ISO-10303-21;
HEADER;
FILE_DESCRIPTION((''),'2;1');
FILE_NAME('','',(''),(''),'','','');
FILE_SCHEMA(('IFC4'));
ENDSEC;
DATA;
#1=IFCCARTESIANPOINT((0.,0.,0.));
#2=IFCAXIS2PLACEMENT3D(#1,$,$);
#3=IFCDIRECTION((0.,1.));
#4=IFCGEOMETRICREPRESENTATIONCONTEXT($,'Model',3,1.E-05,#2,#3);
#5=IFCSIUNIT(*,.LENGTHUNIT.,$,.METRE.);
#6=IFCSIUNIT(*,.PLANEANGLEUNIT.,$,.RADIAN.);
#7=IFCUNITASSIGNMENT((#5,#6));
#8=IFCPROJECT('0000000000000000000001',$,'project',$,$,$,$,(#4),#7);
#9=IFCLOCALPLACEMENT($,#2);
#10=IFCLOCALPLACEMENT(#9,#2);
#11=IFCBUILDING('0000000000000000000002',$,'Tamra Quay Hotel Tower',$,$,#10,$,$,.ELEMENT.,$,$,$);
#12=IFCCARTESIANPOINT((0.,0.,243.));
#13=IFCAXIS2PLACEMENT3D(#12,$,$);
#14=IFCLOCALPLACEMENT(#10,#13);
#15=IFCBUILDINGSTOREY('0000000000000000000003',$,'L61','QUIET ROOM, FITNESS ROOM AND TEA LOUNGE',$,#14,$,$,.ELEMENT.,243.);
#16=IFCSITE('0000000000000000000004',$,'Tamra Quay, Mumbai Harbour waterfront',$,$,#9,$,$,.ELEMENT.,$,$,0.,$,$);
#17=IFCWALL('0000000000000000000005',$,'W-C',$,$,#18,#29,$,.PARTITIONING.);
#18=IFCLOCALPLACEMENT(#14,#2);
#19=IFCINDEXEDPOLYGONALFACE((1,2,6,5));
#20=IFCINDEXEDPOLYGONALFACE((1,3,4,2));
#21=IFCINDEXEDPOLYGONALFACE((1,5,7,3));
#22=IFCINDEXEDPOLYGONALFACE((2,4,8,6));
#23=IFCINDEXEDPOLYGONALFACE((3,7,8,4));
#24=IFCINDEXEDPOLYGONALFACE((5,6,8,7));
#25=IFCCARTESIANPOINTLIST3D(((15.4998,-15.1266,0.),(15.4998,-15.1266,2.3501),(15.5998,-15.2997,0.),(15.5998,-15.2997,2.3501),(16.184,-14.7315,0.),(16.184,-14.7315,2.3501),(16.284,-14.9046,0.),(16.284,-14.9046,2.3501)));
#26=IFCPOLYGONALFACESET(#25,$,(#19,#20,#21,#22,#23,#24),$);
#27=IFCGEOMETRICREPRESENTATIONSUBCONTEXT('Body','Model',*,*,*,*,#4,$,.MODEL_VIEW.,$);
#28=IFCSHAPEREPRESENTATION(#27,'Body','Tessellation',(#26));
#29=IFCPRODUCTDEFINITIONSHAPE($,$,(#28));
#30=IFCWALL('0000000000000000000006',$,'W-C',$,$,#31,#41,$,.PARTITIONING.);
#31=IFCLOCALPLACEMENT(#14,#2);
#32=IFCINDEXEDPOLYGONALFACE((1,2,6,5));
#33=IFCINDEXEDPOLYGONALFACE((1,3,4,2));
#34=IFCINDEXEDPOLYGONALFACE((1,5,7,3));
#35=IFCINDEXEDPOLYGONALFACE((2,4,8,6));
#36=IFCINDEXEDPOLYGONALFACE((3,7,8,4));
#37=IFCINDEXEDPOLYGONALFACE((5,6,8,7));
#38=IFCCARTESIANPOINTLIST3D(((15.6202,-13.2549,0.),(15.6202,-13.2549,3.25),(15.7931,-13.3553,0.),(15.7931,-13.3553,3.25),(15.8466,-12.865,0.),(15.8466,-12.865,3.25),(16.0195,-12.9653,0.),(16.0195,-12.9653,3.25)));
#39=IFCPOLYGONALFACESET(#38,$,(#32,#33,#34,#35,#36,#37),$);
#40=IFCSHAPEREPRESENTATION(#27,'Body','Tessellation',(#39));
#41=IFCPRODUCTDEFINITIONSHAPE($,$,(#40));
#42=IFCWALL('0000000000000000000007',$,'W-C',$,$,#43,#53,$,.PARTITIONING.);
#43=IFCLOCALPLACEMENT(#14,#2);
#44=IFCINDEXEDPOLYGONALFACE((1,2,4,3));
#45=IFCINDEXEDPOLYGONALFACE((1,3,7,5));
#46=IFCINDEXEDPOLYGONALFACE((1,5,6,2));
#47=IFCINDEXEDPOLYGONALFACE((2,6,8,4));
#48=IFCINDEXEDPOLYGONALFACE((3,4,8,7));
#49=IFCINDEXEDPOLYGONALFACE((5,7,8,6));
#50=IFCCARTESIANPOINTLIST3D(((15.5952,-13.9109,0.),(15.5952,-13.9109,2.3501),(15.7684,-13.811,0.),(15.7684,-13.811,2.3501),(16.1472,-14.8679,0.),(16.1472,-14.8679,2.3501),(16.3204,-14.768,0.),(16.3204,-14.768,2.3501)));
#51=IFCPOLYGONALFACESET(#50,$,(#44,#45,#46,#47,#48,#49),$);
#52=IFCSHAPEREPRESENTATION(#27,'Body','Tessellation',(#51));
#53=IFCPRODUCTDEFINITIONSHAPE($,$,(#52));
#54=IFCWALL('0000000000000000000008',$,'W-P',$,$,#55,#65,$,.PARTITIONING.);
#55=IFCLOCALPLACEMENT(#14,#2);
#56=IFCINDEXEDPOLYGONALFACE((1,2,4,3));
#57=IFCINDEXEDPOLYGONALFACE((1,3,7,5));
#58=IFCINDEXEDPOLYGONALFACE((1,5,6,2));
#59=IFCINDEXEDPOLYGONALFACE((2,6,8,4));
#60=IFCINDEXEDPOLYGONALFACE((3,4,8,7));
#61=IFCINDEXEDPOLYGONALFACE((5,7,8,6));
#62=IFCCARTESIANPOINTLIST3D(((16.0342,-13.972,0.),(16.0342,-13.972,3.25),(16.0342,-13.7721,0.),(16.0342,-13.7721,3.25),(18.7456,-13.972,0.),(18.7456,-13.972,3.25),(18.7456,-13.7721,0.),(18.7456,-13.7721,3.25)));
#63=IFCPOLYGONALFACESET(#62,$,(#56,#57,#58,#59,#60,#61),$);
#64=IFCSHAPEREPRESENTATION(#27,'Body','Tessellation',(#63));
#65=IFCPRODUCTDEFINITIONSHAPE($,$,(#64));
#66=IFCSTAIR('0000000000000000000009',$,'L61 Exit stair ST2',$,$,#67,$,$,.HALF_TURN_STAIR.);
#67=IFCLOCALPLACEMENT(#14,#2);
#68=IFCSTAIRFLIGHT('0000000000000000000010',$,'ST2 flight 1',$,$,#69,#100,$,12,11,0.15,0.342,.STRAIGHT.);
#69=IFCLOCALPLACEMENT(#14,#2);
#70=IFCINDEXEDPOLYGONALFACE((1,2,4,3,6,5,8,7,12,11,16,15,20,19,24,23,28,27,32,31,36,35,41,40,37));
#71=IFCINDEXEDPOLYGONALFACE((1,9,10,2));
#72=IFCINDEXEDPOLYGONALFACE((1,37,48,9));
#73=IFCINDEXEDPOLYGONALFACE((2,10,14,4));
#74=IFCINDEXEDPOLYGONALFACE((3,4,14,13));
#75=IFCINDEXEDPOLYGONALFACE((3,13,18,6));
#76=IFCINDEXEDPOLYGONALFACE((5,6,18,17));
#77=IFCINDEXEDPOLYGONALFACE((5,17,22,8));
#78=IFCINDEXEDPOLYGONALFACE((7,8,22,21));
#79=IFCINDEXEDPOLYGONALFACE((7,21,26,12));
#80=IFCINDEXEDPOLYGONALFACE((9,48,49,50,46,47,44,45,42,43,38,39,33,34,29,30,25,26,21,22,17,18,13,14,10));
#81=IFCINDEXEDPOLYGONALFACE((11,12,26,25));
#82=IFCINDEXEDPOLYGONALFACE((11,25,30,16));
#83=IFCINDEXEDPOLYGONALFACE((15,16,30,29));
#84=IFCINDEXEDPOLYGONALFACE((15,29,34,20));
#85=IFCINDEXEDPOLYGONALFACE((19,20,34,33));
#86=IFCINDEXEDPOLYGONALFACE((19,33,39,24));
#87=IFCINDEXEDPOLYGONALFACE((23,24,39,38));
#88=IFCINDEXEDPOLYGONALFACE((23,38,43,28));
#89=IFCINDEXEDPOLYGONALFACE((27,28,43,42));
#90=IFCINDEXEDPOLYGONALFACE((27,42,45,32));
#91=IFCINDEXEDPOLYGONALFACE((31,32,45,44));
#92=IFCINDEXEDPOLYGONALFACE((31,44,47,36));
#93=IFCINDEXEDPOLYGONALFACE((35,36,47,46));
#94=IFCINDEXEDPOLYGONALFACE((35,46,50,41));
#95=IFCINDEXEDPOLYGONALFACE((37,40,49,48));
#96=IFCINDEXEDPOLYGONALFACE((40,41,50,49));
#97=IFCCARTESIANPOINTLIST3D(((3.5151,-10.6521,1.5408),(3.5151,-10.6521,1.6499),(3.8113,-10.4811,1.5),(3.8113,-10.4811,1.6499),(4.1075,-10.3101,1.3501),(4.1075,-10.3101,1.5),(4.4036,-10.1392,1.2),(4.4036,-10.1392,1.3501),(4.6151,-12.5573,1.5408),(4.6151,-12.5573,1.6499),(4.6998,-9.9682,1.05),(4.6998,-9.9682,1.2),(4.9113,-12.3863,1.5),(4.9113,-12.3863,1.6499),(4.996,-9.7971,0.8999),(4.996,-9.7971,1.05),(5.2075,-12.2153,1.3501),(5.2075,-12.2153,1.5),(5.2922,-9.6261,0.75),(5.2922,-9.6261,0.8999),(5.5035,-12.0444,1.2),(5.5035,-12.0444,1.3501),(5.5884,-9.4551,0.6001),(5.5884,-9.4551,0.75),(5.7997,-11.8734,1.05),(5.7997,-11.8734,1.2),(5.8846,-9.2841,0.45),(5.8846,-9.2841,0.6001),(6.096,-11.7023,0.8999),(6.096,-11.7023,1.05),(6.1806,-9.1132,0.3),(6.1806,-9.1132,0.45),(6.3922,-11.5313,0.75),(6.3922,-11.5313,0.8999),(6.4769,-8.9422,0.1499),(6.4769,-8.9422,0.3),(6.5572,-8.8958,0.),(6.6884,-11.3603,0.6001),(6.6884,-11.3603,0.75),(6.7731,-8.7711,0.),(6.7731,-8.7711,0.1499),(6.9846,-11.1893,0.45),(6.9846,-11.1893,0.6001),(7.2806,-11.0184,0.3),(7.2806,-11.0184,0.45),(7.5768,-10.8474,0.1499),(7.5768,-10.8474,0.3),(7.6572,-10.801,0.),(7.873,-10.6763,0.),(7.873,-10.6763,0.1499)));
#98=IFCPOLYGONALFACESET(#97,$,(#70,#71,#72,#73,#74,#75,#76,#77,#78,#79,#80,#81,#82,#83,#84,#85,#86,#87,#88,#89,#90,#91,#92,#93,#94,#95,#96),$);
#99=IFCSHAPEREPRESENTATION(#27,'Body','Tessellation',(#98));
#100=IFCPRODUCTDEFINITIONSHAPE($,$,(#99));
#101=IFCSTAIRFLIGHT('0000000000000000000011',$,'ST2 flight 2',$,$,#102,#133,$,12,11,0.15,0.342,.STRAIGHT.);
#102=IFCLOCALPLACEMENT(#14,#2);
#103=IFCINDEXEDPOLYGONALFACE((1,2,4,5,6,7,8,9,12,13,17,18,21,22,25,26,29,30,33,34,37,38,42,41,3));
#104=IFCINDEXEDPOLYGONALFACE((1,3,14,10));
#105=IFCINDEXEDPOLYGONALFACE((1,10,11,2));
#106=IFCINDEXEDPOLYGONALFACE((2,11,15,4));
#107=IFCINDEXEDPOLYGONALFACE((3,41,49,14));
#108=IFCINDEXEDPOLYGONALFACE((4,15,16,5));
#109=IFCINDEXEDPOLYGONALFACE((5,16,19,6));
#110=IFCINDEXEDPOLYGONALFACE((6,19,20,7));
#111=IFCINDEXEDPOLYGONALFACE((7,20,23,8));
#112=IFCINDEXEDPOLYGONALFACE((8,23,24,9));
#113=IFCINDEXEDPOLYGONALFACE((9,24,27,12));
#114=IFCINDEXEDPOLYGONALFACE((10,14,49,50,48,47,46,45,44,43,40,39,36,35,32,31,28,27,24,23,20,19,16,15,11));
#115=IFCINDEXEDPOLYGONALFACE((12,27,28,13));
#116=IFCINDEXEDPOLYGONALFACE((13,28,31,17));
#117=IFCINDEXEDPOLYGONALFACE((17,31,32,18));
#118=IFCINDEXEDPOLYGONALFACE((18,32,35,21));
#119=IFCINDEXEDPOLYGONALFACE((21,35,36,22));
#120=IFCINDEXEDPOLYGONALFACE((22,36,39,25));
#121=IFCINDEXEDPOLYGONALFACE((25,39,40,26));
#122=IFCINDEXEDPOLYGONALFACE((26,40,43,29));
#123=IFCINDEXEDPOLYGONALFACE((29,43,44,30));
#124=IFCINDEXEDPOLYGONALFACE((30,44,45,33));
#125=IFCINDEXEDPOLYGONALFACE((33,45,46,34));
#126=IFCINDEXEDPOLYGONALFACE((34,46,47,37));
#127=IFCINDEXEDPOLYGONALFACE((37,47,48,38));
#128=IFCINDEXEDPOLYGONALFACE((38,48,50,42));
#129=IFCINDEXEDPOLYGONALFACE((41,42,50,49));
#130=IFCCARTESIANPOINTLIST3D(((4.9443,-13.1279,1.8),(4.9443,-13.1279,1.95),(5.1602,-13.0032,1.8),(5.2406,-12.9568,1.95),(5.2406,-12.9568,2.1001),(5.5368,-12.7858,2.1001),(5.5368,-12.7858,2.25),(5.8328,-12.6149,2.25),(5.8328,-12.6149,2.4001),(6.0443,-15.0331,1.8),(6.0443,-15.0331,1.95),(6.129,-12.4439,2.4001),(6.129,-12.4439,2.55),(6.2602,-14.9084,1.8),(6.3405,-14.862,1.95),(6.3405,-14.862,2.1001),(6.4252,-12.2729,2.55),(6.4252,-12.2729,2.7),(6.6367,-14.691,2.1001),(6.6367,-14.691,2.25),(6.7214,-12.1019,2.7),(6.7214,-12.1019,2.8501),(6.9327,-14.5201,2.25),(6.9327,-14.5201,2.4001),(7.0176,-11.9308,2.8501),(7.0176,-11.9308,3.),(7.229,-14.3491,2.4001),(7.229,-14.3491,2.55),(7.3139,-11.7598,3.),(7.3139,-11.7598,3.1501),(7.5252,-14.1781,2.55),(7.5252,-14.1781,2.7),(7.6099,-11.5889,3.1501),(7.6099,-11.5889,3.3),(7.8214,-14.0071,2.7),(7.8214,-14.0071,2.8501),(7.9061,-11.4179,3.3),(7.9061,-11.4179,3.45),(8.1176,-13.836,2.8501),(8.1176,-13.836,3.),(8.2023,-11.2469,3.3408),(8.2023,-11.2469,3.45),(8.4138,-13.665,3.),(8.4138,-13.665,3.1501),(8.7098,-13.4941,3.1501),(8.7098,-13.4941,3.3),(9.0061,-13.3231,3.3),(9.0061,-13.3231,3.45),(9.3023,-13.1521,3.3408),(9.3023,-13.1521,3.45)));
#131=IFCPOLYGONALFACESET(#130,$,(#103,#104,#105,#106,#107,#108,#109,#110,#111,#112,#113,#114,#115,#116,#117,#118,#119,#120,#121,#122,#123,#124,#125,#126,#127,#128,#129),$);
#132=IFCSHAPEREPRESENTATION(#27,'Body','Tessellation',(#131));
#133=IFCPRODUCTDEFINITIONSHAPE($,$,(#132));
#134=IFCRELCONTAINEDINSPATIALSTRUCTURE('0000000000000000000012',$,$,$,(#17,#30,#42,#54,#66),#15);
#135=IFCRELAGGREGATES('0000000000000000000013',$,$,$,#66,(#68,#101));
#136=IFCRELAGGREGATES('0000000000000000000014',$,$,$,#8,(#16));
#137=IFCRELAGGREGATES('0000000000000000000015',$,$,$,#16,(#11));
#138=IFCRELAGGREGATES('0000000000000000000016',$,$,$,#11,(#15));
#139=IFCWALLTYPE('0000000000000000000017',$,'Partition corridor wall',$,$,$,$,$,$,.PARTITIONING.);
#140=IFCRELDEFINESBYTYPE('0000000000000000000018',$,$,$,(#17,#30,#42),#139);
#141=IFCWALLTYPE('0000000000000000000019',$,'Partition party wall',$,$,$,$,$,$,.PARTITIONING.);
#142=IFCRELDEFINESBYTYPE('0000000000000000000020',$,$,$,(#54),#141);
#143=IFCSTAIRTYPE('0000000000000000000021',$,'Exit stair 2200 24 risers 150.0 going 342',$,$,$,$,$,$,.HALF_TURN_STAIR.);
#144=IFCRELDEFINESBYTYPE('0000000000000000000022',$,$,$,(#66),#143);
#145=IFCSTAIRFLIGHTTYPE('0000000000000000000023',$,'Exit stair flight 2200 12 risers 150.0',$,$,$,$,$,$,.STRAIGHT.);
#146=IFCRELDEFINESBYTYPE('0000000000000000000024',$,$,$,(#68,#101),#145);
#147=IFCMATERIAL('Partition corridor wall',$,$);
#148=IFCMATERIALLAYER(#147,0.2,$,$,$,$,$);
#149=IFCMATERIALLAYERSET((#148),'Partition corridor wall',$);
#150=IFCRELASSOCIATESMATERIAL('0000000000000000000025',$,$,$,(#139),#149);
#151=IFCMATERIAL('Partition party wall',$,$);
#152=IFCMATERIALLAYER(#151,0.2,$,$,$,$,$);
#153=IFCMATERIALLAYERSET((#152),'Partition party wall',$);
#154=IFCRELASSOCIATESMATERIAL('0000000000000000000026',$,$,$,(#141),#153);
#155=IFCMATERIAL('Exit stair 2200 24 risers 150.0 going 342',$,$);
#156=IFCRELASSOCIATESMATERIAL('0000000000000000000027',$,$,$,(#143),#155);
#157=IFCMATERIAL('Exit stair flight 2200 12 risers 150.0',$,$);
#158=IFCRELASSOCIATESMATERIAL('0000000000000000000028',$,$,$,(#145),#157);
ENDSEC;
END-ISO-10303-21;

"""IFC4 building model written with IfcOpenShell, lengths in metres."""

from ifc_helpers import new_model, si_unit, direction, frame, frame_2d, origin, place, context, subcontext, project, spatial, polyline, rectangle, outline, extrude, material, layer, layer_set, type_object, element, aggregate, save


model = new_model("IFC4")

# Units and contexts
model_context = context("Model", 3, precision=1e-05, world=origin(), true_north=direction((0.0, 1.0)))
body_context = subcontext(model_context, "Body", "Model", "MODEL_VIEW")
ifc_project = project(units=[si_unit("LENGTHUNIT", "METRE"), si_unit("PLANEANGLEUNIT", "RADIAN")], contexts=[model_context])

# Site, building, storey
site_placement = place(None, origin())
site = spatial("IfcSite", under=ifc_project, at=site_placement, Name="Tamra Quay, Mumbai Harbour waterfront", CompositionType="ELEMENT", RefElevation=0.0)
building_placement = place(site_placement, origin())
building = spatial("IfcBuilding", under=site, at=building_placement, Name="Tamra Quay Hotel Tower", CompositionType="ELEMENT")
storey_placement = place(building_placement, frame((0.0, 0.0, 243.0)))
storey = spatial("IfcBuildingStorey", under=building, at=storey_placement, Name="L61", Description="QUIET ROOM, FITNESS ROOM AND TEA LOUNGE", CompositionType="ELEMENT", Elevation=243.0)

# Walls
ifc_material_1 = material(Name="Partition corridor wall")
ifc_layer_1 = layer(ifc_material_1, 0.2)
ifc_layer_set_1 = layer_set([ifc_layer_1], Name="Partition corridor wall")
wall_type_1 = type_object("IfcWallType", Name="Partition corridor wall", PredefinedType="PARTITIONING", material=ifc_layer_set_1)
wall_1_placement = place(storey_placement, frame((15.5498, -15.2131, 0.0), z_axis=(0.0, 0.0, 1.0), x_axis=(0.86599, 0.500061, 0.0)))
element("IfcWall", 1, at=wall_1_placement, inside=storey, type_object=wall_type_1, Name="W-C", PredefinedType="PARTITIONING", context=body_context, shape_type="SweptSolid", body=[
    extrude(rectangle(XDim=0.79, YDim=0.2, at=frame_2d((0.395, 0.0))), origin(), (0.0, 0.0, 1.0), 2.3501),
])
wall_2_placement = place(storey_placement, frame((15.9331, -12.915, 0.0), z_axis=(0.0, 0.0, 1.0), x_axis=(-0.502018, -0.864857, 0.0)))
element("IfcWall", 2, at=wall_2_placement, inside=storey, type_object=wall_type_1, Name="W-C", PredefinedType="PARTITIONING", context=body_context, shape_type="SweptSolid", body=[
    extrude(rectangle(XDim=0.4509, YDim=0.2, at=frame_2d((0.2256, 0.0))), origin(), (0.0, 0.0, 1.0), 3.25),
])
wall_3_placement = place(storey_placement, frame((15.6819, -13.8611, 0.0), z_axis=(0.0, 0.0, 1.0), x_axis=(0.499633, -0.866237, 0.0)))
element("IfcWall", 3, at=wall_3_placement, inside=storey, type_object=wall_type_1, Name="W-C", PredefinedType="PARTITIONING", context=body_context, shape_type="SweptSolid", body=[
    extrude(rectangle(XDim=1.1047, YDim=0.2, at=frame_2d((0.5522, 0.0))), origin(), (0.0, 0.0, 1.0), 2.3501),
])
ifc_material_2 = material(Name="Partition party wall")
ifc_layer_2 = layer(ifc_material_2, 0.2)
ifc_layer_set_2 = layer_set([ifc_layer_2], Name="Partition party wall")
wall_type_2 = type_object("IfcWallType", Name="Partition party wall", PredefinedType="PARTITIONING", material=ifc_layer_set_2)
wall_4_placement = place(storey_placement, frame((18.7456, -13.8721, 0.0), z_axis=(0.0, 0.0, 1.0), x_axis=(-1.0, 0.0, 0.0)))
element("IfcWall", 4, at=wall_4_placement, inside=storey, type_object=wall_type_2, Name="W-P", PredefinedType="PARTITIONING", context=body_context, shape_type="SweptSolid", body=[
    extrude(rectangle(XDim=2.7114, YDim=0.2, at=frame_2d((1.3557, 0.0))), origin(), (0.0, 0.0, 1.0), 3.25),
])

# Stair, stair flights
ifc_material_3 = material(Name="Exit stair 2200 24 risers 150.0 going 342")
stair_type = type_object("IfcStairType", Name="Exit stair 2200 24 risers 150.0 going 342", PredefinedType="HALF_TURN_STAIR", material=ifc_material_3)
stair_placement = place(storey_placement, origin())
stair = element("IfcStair", 5, at=stair_placement, inside=storey, type_object=stair_type, Name="L61 Exit stair ST2", PredefinedType="HALF_TURN_STAIR")
ifc_material_4 = material(Name="Exit stair flight 2200 12 risers 150.0")
stair_flight_type = type_object("IfcStairFlightType", Name="Exit stair flight 2200 12 risers 150.0", PredefinedType="STRAIGHT", material=ifc_material_4)
stair_flight_1_placement = place(storey_placement, frame((7.323, -9.7236, 0.0), z_axis=(0.0, 0.0, 1.0), x_axis=(-0.866025, -0.5, 0.0)))
stair_flight_1 = element("IfcStairFlight", 6, at=stair_flight_1_placement, type_object=stair_flight_type, Name="ST2 flight 1", NumberOfRisers=12, NumberOfTreads=11, PredefinedType="STRAIGHT", RiserHeight=0.15, TreadLength=0.342, context=body_context, shape_type="SweptSolid", body=[
    extrude(outline(polyline([(0.0, 0.0), (0.0, 0.1499), (0.342, 0.1499), (0.342, 0.3), (0.6841, 0.3), (0.6841, 0.45), (1.0259, 0.45), (1.0259, 0.6001), (1.3679, 0.6001), (1.3679, 0.75), (1.71, 0.75), (1.71, 0.8999), (2.052, 0.8999), (2.052, 1.05), (2.394, 1.05), (2.394, 1.2), (2.7361, 1.2), (2.7361, 1.3501), (3.0779, 1.3501), (3.0779, 1.5), (3.4199, 1.5), (3.4199, 1.6499), (3.762, 1.6499), (3.762, 1.8), (3.762, 1.5408), (0.2493, 0.0), (0.0, 0.0)])), frame((0.0, 1.1001, 0.0), z_axis=(0.0, -1.0, 0.0), x_axis=(1.0, 0.0, 0.0)), (0.0, 0.0, 1.0), 2.2),
])
stair_flight_2_placement = place(storey_placement, frame((5.4944, -14.0806, 1.8), z_axis=(0.0, 0.0, 1.0), x_axis=(0.866025, 0.5, 0.0)))
stair_flight_2 = element("IfcStairFlight", 7, at=stair_flight_2_placement, type_object=stair_flight_type, Name="ST2 flight 2", NumberOfRisers=12, NumberOfTreads=11, PredefinedType="STRAIGHT", RiserHeight=0.15, TreadLength=0.342, context=body_context, shape_type="SweptSolid", body=[
    extrude(outline(polyline([(0.0, 0.0), (0.0, 0.1499), (0.342, 0.1499), (0.342, 0.3), (0.6841, 0.3), (0.6841, 0.45), (1.0259, 0.45), (1.0259, 0.6001), (1.3679, 0.6001), (1.3679, 0.75), (1.71, 0.75), (1.71, 0.8999), (2.052, 0.8999), (2.052, 1.05), (2.394, 1.05), (2.394, 1.2), (2.7361, 1.2), (2.7361, 1.3501), (3.0779, 1.3501), (3.0779, 1.5), (3.4199, 1.5), (3.4199, 1.6499), (3.762, 1.6499), (3.762, 1.8), (3.762, 1.5408), (0.2493, 0.0), (0.0, 0.0)])), frame((0.0, 1.1001, 0.0), z_axis=(0.0, -1.0, 0.0), x_axis=(1.0, 0.0, 0.0)), (0.0, 0.0, 1.0), 2.2),
])
aggregate(stair, [stair_flight_1, stair_flight_2])

save(model, "model.ifc")
